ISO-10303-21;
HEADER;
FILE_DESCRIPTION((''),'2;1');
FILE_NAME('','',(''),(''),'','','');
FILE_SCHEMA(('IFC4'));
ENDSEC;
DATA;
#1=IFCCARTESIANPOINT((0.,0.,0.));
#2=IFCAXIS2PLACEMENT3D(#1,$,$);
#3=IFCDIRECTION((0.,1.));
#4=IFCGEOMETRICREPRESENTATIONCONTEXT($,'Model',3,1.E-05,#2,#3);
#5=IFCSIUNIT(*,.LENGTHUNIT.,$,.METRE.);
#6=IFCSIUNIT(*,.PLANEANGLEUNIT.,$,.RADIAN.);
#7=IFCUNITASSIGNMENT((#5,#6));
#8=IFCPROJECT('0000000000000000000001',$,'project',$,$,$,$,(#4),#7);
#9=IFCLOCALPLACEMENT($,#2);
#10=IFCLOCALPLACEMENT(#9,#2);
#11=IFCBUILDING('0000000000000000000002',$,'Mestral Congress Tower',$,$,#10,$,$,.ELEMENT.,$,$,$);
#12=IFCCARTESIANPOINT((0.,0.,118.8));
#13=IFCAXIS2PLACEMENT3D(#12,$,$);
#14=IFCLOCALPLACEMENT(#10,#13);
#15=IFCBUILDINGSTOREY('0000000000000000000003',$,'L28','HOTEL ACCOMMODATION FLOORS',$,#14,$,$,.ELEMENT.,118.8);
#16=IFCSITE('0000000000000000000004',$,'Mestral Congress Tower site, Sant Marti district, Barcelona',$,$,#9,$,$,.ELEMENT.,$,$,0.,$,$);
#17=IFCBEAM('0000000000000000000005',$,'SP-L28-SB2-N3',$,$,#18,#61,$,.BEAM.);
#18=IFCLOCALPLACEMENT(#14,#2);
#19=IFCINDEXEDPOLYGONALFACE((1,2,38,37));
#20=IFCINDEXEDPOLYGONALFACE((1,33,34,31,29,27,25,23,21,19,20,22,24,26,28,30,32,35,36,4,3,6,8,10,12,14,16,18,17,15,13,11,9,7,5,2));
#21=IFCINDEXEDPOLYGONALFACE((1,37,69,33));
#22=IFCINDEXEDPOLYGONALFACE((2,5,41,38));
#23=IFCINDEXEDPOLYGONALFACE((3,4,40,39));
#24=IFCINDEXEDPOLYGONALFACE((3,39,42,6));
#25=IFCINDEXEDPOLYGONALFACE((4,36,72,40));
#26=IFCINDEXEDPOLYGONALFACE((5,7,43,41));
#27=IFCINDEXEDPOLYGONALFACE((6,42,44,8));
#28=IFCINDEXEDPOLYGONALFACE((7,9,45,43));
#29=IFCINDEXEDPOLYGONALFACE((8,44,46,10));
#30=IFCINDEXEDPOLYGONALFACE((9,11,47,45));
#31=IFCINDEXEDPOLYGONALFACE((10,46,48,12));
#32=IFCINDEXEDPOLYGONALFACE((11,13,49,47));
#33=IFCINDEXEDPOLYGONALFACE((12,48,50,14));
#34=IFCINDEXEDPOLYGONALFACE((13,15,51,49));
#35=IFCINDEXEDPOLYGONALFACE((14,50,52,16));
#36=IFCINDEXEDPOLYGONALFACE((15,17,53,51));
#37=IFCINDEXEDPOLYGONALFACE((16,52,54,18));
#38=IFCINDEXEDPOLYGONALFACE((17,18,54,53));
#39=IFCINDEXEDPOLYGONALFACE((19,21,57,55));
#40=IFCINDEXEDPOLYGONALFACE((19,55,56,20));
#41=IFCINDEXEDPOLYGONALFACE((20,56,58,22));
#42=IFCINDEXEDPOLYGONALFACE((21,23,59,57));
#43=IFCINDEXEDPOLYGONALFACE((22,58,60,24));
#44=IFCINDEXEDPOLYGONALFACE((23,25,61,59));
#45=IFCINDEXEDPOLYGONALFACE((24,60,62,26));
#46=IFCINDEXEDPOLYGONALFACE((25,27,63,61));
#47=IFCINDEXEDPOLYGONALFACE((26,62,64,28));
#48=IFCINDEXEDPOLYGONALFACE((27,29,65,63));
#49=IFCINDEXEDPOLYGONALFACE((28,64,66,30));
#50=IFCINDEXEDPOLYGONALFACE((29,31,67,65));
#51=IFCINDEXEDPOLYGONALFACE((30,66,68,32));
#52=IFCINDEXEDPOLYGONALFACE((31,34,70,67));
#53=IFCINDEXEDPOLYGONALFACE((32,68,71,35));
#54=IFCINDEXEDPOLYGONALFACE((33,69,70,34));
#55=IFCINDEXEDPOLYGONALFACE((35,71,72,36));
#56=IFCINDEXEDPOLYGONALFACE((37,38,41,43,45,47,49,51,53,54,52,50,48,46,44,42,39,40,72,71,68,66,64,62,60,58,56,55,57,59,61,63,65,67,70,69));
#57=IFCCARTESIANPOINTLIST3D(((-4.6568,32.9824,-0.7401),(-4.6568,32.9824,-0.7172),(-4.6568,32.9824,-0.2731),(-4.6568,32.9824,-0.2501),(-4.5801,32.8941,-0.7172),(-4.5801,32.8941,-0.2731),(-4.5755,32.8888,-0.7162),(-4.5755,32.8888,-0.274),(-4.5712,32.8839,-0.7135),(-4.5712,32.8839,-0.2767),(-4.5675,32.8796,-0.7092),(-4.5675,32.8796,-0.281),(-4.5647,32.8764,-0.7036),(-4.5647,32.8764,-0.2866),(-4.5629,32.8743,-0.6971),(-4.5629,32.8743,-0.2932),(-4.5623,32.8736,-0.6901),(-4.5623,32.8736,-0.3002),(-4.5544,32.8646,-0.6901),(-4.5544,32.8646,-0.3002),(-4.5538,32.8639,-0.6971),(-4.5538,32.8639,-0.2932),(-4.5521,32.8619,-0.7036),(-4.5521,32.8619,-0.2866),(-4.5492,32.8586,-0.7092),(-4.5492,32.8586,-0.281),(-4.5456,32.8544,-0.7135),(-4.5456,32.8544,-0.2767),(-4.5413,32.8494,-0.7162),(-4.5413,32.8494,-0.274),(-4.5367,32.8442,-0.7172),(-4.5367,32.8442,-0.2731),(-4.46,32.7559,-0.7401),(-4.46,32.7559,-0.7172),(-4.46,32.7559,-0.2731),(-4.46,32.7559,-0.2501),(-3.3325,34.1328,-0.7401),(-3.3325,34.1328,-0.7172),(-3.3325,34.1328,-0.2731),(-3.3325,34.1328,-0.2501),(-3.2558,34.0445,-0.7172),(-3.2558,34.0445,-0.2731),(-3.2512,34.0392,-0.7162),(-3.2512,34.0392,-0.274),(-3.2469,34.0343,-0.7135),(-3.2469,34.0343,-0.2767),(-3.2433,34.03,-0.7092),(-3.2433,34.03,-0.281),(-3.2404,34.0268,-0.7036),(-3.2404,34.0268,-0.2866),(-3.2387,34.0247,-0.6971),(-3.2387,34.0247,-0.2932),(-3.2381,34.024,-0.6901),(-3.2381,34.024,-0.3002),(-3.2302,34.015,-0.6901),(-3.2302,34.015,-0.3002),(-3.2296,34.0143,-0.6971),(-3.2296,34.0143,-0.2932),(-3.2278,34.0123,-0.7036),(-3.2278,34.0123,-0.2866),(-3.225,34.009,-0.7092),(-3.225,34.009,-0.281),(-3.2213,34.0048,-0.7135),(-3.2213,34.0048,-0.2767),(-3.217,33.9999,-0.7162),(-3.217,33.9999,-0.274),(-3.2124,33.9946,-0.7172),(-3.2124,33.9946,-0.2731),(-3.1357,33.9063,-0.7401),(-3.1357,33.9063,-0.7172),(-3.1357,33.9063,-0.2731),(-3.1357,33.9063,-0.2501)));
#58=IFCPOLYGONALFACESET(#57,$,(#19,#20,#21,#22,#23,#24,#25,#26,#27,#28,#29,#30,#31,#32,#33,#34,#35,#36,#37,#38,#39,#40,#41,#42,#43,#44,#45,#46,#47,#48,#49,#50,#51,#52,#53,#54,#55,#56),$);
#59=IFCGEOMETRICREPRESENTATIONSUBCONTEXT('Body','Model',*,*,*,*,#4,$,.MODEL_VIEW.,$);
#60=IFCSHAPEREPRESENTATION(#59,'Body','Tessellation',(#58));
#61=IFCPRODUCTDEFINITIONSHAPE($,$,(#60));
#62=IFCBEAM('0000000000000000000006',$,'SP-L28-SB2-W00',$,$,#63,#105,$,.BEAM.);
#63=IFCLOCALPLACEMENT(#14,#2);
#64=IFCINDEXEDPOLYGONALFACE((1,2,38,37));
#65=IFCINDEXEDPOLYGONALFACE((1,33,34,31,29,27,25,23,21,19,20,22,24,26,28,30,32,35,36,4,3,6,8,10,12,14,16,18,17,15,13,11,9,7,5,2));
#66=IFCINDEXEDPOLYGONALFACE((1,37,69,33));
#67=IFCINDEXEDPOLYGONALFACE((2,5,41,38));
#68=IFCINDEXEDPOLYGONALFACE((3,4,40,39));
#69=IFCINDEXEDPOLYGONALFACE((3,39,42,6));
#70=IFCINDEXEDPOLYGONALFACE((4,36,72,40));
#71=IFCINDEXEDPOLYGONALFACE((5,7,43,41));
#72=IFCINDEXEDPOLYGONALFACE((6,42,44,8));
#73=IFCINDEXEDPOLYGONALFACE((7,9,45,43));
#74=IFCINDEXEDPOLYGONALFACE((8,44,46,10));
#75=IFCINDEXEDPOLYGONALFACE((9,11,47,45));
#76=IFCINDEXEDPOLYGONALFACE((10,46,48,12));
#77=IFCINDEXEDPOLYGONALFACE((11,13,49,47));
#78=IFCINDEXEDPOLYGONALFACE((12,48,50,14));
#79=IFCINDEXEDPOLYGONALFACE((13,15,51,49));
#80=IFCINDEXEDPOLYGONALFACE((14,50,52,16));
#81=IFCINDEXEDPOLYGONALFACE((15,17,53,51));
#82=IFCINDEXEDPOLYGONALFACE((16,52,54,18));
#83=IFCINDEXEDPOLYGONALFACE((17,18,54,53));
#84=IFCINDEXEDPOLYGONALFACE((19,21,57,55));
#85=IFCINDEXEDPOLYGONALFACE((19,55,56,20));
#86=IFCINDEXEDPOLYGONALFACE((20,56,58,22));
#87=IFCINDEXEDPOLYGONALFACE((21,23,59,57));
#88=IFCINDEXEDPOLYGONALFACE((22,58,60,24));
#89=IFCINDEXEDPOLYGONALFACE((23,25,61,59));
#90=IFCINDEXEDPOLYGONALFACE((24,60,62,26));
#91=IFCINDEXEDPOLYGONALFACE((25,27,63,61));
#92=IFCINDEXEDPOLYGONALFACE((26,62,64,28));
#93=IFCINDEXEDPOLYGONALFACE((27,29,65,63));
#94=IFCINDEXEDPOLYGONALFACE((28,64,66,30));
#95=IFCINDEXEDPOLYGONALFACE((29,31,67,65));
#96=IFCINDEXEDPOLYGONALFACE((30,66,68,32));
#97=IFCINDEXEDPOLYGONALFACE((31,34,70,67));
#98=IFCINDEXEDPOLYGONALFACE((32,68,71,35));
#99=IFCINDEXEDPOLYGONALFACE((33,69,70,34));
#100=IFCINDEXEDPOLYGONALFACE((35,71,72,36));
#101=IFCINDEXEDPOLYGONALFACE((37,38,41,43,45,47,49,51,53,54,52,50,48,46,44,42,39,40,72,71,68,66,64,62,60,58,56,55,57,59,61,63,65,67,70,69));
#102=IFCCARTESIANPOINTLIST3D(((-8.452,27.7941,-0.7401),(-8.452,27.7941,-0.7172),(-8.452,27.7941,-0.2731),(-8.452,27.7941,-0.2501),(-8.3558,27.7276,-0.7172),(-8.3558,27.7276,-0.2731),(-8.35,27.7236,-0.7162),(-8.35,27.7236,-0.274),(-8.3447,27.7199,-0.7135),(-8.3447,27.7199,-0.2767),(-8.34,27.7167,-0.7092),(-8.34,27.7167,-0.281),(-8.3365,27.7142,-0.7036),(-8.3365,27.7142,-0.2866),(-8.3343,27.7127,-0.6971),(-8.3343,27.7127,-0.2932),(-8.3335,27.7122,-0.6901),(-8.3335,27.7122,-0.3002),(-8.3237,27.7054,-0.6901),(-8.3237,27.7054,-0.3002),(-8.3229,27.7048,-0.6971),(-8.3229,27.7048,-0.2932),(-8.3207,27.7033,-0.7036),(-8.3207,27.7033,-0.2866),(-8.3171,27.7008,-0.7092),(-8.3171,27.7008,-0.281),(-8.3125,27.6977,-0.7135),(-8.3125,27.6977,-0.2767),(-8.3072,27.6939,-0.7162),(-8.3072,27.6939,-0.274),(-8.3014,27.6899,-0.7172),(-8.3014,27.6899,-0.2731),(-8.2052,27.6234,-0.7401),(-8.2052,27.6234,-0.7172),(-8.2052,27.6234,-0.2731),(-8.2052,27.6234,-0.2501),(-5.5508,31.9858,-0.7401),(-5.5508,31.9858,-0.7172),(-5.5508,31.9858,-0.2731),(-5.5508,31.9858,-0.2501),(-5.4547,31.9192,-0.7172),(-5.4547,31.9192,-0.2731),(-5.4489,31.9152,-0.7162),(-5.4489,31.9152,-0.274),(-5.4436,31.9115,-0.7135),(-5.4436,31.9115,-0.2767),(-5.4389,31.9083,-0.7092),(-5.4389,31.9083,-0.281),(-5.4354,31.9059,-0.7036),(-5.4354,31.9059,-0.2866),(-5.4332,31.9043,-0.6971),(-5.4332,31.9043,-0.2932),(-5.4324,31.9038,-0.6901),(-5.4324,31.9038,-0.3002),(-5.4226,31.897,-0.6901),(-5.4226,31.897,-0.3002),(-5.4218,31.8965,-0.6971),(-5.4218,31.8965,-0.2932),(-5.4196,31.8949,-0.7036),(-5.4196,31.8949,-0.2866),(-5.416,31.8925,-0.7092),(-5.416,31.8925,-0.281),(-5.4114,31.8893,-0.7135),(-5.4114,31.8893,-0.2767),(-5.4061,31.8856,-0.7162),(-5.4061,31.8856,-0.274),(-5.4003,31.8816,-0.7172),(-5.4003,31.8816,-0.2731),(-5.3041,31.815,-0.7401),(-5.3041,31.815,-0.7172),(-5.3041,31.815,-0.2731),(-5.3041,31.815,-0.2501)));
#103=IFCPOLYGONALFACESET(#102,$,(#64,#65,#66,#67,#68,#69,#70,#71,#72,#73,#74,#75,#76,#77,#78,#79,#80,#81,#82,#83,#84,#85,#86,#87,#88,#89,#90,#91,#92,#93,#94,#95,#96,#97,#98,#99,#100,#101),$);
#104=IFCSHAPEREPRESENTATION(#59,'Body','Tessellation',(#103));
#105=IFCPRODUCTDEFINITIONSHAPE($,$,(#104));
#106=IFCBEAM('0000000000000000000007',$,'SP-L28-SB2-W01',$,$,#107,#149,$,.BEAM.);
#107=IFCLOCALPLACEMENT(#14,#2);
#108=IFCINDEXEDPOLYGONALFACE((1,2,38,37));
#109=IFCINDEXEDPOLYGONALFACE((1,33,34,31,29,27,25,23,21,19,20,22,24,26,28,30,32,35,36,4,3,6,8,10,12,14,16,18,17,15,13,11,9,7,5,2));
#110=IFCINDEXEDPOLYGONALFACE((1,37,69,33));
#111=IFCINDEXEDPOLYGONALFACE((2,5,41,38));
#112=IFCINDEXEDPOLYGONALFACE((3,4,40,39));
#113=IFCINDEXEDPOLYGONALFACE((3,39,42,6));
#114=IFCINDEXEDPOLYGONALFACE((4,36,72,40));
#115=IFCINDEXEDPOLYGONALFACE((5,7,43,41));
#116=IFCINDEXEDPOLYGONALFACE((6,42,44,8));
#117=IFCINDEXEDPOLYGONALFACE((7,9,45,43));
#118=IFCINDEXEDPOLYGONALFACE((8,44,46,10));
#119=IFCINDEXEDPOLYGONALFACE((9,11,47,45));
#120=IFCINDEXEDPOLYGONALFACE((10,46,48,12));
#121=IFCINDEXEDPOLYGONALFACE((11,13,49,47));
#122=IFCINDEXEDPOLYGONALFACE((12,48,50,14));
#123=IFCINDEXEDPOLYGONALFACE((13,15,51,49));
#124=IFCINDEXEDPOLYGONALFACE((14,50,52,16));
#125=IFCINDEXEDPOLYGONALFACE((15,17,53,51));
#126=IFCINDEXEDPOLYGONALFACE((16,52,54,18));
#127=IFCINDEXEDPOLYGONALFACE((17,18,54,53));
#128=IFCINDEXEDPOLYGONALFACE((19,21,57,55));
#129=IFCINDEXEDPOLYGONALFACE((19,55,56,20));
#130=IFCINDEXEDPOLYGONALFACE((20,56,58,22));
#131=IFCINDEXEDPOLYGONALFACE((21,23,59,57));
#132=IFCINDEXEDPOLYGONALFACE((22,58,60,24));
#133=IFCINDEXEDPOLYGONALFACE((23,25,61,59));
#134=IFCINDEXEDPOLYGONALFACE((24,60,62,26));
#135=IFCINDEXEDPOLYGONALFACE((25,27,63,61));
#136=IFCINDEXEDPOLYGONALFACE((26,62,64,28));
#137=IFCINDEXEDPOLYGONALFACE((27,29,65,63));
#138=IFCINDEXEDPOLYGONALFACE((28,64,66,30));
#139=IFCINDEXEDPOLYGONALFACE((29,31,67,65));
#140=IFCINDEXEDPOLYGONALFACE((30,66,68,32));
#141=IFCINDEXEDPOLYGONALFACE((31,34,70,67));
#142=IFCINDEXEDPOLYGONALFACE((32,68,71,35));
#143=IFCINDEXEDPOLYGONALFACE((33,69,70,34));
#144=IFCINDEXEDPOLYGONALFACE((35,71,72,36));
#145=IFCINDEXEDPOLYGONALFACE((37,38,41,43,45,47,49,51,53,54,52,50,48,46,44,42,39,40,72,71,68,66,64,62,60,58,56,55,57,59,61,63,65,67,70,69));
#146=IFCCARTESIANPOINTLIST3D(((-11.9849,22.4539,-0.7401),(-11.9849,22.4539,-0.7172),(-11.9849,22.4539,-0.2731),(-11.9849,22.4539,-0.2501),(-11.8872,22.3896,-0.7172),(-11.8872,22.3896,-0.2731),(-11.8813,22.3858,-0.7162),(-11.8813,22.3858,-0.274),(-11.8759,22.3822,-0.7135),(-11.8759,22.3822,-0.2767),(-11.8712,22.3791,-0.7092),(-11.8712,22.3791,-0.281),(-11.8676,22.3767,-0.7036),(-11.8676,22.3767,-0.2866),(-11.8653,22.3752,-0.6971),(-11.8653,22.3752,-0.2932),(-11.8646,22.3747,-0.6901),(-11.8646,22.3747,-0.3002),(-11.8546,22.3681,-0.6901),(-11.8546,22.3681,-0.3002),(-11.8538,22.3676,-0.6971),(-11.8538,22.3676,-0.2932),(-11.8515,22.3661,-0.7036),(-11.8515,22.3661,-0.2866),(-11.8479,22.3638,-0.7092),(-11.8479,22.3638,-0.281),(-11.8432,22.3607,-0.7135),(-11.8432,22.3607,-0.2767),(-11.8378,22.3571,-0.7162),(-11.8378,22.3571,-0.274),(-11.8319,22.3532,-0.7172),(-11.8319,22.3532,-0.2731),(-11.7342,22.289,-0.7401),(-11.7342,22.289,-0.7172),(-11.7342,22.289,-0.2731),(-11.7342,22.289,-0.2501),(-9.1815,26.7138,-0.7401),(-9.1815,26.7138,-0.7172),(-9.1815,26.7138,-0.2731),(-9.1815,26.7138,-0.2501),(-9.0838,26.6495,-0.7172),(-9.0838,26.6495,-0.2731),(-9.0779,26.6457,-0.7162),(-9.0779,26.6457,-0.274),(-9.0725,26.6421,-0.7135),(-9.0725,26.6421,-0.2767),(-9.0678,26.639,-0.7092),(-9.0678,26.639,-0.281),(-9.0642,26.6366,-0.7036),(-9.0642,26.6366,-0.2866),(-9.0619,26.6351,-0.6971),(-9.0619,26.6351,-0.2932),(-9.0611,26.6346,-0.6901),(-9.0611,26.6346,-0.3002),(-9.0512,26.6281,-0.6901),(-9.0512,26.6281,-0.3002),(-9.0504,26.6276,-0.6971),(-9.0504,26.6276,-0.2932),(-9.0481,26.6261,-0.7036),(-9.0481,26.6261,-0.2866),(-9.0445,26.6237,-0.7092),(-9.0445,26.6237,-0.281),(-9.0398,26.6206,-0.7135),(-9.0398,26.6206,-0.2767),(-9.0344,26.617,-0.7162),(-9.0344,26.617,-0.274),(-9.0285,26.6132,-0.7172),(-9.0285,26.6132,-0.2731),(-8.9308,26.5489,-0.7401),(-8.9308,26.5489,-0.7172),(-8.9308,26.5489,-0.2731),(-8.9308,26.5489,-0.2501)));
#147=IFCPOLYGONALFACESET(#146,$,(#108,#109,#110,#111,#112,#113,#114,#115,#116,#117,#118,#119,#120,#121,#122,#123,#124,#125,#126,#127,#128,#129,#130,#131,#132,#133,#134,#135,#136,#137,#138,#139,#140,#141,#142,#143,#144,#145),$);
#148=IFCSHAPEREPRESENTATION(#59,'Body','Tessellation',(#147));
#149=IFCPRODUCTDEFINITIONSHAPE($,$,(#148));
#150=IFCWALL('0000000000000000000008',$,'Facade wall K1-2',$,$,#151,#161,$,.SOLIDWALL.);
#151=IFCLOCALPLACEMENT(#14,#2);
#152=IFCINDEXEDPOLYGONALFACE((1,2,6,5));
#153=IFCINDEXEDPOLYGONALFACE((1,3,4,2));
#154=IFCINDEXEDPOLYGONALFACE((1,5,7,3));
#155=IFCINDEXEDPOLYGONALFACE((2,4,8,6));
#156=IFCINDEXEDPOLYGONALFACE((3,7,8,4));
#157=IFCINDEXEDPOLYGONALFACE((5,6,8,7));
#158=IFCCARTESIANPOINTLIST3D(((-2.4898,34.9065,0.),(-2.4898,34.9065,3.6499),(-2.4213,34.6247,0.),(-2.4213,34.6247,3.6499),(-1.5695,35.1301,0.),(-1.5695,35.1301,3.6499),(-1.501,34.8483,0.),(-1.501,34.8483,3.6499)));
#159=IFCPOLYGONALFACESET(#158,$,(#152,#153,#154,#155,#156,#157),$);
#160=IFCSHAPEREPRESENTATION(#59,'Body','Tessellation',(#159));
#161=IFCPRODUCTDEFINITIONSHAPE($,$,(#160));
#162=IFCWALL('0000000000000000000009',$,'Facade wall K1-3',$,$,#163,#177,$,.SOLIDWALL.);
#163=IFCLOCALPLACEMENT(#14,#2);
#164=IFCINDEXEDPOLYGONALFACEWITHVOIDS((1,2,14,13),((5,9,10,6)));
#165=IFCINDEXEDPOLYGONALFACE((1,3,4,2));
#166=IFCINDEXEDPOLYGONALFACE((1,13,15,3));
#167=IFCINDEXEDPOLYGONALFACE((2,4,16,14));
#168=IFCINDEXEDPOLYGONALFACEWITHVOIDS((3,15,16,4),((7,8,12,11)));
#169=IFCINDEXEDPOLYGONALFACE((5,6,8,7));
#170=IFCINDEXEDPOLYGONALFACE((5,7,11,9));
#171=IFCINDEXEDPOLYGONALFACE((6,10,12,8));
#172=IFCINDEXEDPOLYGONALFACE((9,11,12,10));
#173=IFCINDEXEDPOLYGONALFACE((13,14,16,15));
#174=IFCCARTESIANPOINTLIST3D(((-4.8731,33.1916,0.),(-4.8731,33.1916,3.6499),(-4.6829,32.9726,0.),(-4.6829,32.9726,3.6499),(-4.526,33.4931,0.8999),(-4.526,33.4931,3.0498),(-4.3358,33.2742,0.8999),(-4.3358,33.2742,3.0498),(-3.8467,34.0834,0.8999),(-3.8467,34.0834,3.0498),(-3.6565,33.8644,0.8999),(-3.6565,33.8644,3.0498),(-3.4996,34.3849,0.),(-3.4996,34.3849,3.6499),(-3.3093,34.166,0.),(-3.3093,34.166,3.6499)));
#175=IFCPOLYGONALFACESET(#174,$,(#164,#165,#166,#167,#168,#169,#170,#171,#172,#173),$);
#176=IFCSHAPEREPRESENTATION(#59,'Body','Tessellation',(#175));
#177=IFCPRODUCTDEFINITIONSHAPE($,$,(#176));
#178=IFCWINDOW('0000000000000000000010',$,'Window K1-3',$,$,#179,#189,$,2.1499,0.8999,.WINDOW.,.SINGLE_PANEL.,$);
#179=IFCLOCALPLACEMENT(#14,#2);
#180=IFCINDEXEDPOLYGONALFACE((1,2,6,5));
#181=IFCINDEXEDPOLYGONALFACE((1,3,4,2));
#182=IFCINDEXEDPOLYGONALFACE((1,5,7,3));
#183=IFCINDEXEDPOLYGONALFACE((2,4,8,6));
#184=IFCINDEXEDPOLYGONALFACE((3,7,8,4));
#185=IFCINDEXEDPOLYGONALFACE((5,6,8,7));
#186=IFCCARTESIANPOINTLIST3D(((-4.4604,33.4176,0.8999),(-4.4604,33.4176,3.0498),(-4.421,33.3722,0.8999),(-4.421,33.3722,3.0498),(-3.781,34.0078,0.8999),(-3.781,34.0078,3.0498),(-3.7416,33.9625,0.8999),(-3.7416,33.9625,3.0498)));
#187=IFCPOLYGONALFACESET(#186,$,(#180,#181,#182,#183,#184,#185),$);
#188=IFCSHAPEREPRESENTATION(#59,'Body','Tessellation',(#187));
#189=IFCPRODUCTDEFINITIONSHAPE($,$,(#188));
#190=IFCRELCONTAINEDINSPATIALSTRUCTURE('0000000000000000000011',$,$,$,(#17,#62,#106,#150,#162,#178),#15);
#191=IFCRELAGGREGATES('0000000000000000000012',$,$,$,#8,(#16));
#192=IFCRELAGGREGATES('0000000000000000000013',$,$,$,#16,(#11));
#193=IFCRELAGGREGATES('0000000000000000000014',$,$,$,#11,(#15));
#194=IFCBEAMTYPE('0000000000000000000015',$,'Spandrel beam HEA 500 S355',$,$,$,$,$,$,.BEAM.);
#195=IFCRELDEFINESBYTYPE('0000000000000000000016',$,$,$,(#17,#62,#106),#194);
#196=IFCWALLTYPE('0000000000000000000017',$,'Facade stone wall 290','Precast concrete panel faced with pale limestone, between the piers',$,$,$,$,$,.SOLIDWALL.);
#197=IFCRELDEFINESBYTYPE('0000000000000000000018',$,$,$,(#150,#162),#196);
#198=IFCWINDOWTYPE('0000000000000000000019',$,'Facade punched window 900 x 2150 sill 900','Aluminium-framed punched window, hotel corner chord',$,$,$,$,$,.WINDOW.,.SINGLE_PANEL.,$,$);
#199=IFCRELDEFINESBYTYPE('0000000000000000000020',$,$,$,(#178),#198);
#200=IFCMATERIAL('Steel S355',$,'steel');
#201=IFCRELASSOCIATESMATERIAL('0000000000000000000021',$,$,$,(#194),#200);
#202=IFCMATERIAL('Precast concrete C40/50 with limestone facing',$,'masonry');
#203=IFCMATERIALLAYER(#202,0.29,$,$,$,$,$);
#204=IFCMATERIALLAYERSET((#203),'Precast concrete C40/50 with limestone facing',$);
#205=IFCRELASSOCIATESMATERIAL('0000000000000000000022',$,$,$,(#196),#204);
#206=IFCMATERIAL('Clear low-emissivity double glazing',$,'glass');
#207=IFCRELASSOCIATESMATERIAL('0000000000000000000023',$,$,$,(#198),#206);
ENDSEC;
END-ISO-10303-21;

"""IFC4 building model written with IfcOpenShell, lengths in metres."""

from ifc_helpers import new_model, si_unit, direction, frame, frame_2d, origin, origin_2d, place, context, subcontext, project, spatial, rectangle, i_section, extrude, material, layer, layer_set, material_profile, profile_set, type_object, element, fill, save


model = new_model("IFC4")

# Units and contexts
model_context = context("Model", 3, precision=1e-05, world=origin(), true_north=direction((0.0, 1.0)))
body_context = subcontext(model_context, "Body", "Model", "MODEL_VIEW")
ifc_project = project(units=[si_unit("LENGTHUNIT", "METRE"), si_unit("PLANEANGLEUNIT", "RADIAN")], contexts=[model_context])

# Site, building, storey
site_placement = place(None, origin())
site = spatial("IfcSite", under=ifc_project, at=site_placement, Name="Mestral Congress Tower site, Sant Marti district, Barcelona", CompositionType="ELEMENT", RefElevation=0.0)
building_placement = place(site_placement, origin())
building = spatial("IfcBuilding", under=site, at=building_placement, Name="Mestral Congress Tower", CompositionType="ELEMENT")
storey_placement = place(building_placement, frame((0.0, 0.0, 118.8)))
storey = spatial("IfcBuildingStorey", under=building, at=storey_placement, Name="L28", Description="HOTEL ACCOMMODATION FLOORS", CompositionType="ELEMENT", Elevation=118.8)

# Beams
ifc_material_1 = material(Name="Steel S355", Category="steel")
ifc_material_profile_1 = material_profile(ifc_material_1, i_section(OverallWidth=0.3, OverallDepth=0.49, WebThickness=0.012, FlangeThickness=0.0229, FilletRadius=0.0271, at=origin_2d()), Name="HEA 500")
ifc_profile_set_1 = profile_set([ifc_material_profile_1], Name="Steel S355")
beam_type_1 = type_object("IfcBeamType", Name="Spandrel beam HEA 500 S355", PredefinedType="BEAM", material=ifc_profile_set_1)
beam_1_placement = place(storey_placement, frame((-3.2341, 34.0195, -0.4951), z_axis=(-0.754917, -0.65582, 0.0), x_axis=(0.65582, -0.754917, 0.0)))
element("IfcBeam", 1, at=beam_1_placement, inside=storey, type_object=beam_type_1, Name="SP-L28-SB2-N3", PredefinedType="BEAM", context=body_context, shape_type="SweptSolid", body=[
    extrude(i_section(OverallWidth=0.3, OverallDepth=0.49, WebThickness=0.012, FlangeThickness=0.0229, FilletRadius=0.0271, at=origin_2d()), origin(), (0.0, 0.0, 1.0), 1.7542),
])
beam_2_placement = place(storey_placement, frame((-5.4275, 31.9004, -0.4951), z_axis=(-0.569105, -0.822265, 0.0), x_axis=(0.822265, -0.569105, 0.0)))
element("IfcBeam", 2, at=beam_2_placement, inside=storey, type_object=beam_type_1, Name="SP-L28-SB2-W00", PredefinedType="BEAM", context=body_context, shape_type="SweptSolid", body=[
    extrude(i_section(OverallWidth=0.3, OverallDepth=0.49, WebThickness=0.012, FlangeThickness=0.0229, FilletRadius=0.0271, at=origin_2d()), origin(), (0.0, 0.0, 1.0), 5.0977),
])
beam_3_placement = place(storey_placement, frame((-9.0562, 26.6313, -0.4951), z_axis=(-0.54973, -0.835342, 0.0), x_axis=(0.835342, -0.54973, 0.0)))
element("IfcBeam", 3, at=beam_3_placement, inside=storey, type_object=beam_type_1, Name="SP-L28-SB2-W01", PredefinedType="BEAM", context=body_context, shape_type="SweptSolid", body=[
    extrude(i_section(OverallWidth=0.3, OverallDepth=0.49, WebThickness=0.012, FlangeThickness=0.0229, FilletRadius=0.0271, at=origin_2d()), origin(), (0.0, 0.0, 1.0), 5.0996),
])

# Wall
ifc_material_2 = material(Name="Precast concrete C40/50 with limestone facing", Category="masonry")
ifc_layer_1 = layer(ifc_material_2, 0.29)
ifc_layer_set_1 = layer_set([ifc_layer_1], Name="Precast concrete C40/50 with limestone facing")
wall_type_1 = type_object("IfcWallType", Name="Facade stone wall 290", Description="Precast concrete panel faced with pale limestone, between the piers", PredefinedType="SOLIDWALL", material=ifc_layer_set_1)
wall_1_placement = place(storey_placement, frame((-1.5352, 34.9893, 0.0), z_axis=(0.0, 0.0, 1.0), x_axis=(-0.971714, -0.236161, 0.0)))
element("IfcWall", 4, at=wall_1_placement, inside=storey, type_object=wall_type_1, Name="Facade wall K1-2", PredefinedType="SOLIDWALL", context=body_context, shape_type="SweptSolid", body=[
    extrude(rectangle(XDim=0.947, YDim=0.29, at=frame_2d((0.4736, 0.0))), origin(), (0.0, 0.0, 1.0), 3.6499),
])

# Wall, opening, window
wall_2_placement = place(storey_placement, frame((-3.4045, 34.2754, 0.0), z_axis=(0.0, 0.0, 1.0), x_axis=(-0.754883, -0.65586, 0.0)))
wall_2 = element("IfcWall", 5, at=wall_2_placement, inside=storey, type_object=wall_type_1, Name="Facade wall K1-3", PredefinedType="SOLIDWALL", context=body_context, shape_type="SweptSolid", body=[
    extrude(rectangle(XDim=1.8196, YDim=0.29, at=frame_2d((0.9097, 0.0))), origin(), (0.0, 0.0, 1.0), 3.6499),
])
opening_1_placement = place(wall_2_placement, frame((0.4597, 0.0, 0.8999)))
opening_1 = element("IfcOpeningElement", 6, at=opening_1_placement, cuts=wall_2, PredefinedType="OPENING", context=body_context, shape_type="SweptSolid", body=[
    extrude(rectangle(XDim=0.8999, YDim=2.1499, at=frame_2d((0.45, 1.075))), frame((0.0, 0.155, 0.0), z_axis=(0.0, -1.0, 0.0), x_axis=(1.0, 0.0, 0.0)), (0.0, 0.0, 1.0), 0.3101),
])
ifc_material_3 = material(Name="Clear low-emissivity double glazing", Category="glass")
window_type_1 = type_object("IfcWindowType", Name="Facade punched window 900 x 2150 sill 900", Description="Aluminium-framed punched window, hotel corner chord", PartitioningType="SINGLE_PANEL", PredefinedType="WINDOW", material=ifc_material_3)
window_1_placement = place(opening_1_placement, origin())
window_1 = element("IfcWindow", 7, at=window_1_placement, inside=storey, type_object=window_type_1, Name="Window K1-3", OverallHeight=2.1499, OverallWidth=0.8999, PartitioningType="SINGLE_PANEL", PredefinedType="WINDOW", context=body_context, shape_type="SweptSolid", body=[
    extrude(rectangle(XDim=0.8999, YDim=2.1499, at=frame_2d((0.45, 1.075))), frame((0.0, 0.0151, 0.0), z_axis=(0.0, -1.0, 0.0), x_axis=(1.0, 0.0, 0.0)), (0.0, 0.0, 1.0), 0.0601),
])
fill(opening_1, window_1)

save(model, "model.ifc")
